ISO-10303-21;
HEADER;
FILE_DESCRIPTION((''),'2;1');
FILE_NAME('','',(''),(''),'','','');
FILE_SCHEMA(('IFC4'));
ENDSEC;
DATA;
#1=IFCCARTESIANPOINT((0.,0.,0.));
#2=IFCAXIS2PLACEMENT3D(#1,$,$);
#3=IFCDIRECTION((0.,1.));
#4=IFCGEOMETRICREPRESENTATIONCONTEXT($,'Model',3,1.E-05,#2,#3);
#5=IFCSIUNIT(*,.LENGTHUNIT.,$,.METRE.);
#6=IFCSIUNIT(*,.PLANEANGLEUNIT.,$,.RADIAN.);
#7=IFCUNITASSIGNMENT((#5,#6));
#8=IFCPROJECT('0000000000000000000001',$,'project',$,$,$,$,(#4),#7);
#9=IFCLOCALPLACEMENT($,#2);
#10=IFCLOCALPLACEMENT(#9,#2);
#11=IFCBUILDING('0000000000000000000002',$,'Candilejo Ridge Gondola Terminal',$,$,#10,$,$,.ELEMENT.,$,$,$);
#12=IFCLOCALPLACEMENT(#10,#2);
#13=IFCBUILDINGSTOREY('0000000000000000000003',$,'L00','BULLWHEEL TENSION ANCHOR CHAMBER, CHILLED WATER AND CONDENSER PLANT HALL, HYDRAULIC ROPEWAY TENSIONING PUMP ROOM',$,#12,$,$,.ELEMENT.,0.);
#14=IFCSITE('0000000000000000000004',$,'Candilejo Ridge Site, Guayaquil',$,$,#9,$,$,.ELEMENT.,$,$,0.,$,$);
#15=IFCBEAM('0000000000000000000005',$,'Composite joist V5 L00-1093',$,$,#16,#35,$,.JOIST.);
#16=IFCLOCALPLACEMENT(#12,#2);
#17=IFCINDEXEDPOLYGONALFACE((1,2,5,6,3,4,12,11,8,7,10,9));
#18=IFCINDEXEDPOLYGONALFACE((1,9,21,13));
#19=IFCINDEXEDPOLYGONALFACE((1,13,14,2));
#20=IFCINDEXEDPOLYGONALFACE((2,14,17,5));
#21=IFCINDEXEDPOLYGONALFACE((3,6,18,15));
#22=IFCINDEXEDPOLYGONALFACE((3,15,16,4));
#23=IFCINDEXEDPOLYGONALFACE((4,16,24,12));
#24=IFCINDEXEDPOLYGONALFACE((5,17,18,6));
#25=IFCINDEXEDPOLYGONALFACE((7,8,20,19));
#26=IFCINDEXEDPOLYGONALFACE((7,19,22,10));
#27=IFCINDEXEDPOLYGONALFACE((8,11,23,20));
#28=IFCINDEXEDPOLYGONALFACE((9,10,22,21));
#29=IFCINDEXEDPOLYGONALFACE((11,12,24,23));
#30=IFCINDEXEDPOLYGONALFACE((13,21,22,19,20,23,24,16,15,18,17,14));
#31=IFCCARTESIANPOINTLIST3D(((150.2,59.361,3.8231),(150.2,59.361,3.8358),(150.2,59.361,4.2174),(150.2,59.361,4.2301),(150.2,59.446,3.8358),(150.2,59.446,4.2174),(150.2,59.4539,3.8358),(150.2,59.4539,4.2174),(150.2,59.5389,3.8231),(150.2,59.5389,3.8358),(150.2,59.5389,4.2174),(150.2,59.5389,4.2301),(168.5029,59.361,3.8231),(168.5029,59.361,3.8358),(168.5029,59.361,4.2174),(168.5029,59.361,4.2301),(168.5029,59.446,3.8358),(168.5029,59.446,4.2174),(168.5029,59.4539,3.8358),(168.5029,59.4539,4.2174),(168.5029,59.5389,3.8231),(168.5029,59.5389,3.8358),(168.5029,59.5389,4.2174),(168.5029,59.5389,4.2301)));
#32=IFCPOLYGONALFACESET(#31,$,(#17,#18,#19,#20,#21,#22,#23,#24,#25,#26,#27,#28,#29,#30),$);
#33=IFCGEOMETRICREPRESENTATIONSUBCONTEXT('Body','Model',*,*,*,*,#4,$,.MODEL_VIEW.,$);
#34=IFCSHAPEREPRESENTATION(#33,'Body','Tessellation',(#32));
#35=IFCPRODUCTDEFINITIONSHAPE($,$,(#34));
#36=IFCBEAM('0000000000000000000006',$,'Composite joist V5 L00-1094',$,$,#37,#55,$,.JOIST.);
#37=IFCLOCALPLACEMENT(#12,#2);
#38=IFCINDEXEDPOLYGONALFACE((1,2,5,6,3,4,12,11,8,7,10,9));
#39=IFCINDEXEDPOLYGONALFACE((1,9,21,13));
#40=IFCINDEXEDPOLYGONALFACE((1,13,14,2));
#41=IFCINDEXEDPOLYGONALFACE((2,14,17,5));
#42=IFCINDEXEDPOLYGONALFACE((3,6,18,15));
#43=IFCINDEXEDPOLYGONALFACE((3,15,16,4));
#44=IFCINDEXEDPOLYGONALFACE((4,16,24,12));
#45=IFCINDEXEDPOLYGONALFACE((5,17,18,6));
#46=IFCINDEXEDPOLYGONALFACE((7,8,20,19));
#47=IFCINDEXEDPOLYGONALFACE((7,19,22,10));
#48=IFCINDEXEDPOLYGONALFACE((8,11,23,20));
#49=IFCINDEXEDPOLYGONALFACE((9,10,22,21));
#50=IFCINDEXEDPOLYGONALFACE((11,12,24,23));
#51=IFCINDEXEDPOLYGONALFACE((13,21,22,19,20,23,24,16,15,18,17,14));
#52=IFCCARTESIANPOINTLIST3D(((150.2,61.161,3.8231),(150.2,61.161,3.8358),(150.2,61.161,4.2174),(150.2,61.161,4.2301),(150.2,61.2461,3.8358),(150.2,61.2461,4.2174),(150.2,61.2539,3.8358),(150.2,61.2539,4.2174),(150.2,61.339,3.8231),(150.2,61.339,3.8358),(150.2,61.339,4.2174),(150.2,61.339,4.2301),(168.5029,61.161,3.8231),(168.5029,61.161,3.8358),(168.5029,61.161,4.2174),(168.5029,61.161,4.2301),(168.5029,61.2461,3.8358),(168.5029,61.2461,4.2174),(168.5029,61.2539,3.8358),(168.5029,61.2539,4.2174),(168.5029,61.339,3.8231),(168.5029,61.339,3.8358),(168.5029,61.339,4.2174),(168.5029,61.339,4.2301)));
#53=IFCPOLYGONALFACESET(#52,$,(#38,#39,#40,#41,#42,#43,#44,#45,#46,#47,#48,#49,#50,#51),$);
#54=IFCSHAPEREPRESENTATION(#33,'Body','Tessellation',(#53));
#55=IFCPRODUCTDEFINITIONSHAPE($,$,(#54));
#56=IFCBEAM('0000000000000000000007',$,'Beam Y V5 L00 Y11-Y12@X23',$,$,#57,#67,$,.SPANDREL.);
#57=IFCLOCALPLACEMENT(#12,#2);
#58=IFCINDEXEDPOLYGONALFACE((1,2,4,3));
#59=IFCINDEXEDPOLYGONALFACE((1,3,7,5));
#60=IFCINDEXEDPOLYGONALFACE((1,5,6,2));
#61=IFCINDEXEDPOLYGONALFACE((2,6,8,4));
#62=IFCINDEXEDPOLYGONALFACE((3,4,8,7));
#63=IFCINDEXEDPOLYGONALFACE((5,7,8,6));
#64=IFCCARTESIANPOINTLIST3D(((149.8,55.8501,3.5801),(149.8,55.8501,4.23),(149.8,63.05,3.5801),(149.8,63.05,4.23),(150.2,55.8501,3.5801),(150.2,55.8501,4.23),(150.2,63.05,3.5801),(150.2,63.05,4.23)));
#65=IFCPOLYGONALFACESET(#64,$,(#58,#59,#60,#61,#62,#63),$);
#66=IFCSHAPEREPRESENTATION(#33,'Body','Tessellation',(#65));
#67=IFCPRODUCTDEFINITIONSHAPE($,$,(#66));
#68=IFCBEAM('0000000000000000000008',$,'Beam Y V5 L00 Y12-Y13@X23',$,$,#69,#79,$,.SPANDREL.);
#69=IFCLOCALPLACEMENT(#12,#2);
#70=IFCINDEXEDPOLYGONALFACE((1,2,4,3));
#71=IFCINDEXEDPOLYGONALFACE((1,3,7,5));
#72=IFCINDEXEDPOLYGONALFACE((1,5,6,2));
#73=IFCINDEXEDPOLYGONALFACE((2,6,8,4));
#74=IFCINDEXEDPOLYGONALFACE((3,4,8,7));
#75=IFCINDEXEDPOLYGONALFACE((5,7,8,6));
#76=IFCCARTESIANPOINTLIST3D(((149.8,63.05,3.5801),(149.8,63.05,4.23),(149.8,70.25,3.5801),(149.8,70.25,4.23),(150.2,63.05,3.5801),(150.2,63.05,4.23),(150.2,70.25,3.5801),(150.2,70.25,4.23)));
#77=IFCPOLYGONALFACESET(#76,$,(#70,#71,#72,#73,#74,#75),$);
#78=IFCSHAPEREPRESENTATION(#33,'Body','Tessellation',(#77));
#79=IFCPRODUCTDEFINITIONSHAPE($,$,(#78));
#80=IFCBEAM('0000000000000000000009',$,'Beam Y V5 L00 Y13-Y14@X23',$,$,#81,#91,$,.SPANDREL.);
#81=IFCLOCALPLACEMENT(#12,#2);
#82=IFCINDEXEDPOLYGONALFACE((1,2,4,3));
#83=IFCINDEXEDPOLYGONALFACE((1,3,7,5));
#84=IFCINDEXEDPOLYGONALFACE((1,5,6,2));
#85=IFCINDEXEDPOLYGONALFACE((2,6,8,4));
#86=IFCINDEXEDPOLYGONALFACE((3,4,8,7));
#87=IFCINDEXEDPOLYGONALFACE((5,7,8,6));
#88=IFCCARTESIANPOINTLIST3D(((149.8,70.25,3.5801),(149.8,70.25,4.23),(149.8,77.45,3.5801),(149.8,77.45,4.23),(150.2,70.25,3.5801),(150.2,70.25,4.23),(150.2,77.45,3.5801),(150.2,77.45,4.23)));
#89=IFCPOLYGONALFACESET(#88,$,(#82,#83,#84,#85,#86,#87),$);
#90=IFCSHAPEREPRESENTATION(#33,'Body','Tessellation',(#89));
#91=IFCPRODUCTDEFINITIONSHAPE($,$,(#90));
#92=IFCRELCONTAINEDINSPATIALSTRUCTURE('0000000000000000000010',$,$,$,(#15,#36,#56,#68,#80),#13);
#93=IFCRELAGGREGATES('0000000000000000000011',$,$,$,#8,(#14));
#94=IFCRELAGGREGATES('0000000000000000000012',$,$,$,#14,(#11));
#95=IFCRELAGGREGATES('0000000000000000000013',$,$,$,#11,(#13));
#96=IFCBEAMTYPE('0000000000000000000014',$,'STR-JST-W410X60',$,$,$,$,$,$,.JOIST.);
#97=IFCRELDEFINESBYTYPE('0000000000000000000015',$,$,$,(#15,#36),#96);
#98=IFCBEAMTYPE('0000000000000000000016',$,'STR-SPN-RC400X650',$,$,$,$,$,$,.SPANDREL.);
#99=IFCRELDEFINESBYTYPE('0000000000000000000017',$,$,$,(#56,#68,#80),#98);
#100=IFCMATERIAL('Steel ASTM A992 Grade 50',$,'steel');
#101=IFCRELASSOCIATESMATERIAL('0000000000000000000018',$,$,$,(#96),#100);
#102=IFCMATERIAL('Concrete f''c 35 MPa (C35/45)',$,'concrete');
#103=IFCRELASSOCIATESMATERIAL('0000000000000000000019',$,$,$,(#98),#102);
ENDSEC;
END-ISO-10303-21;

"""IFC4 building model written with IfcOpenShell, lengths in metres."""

from ifc_helpers import new_model, si_unit, direction, frame, origin, origin_2d, place, context, subcontext, project, spatial, rectangle, i_section, extrude, material, material_profile, profile_set, type_object, element, save


model = new_model("IFC4")

# Units and contexts
model_context = context("Model", 3, precision=1e-05, world=origin(), true_north=direction((0.0, 1.0)))
body_context = subcontext(model_context, "Body", "Model", "MODEL_VIEW")
ifc_project = project(units=[si_unit("LENGTHUNIT", "METRE"), si_unit("PLANEANGLEUNIT", "RADIAN")], contexts=[model_context])

# Site, building, storey
site_placement = place(None, origin())
site = spatial("IfcSite", under=ifc_project, at=site_placement, Name="Candilejo Ridge Site, Guayaquil", CompositionType="ELEMENT", RefElevation=0.0)
building_placement = place(site_placement, origin())
building = spatial("IfcBuilding", under=site, at=building_placement, Name="Candilejo Ridge Gondola Terminal", CompositionType="ELEMENT")
storey_placement = place(building_placement, origin())
storey = spatial("IfcBuildingStorey", under=building, at=storey_placement, Name="L00", Description="BULLWHEEL TENSION ANCHOR CHAMBER, CHILLED WATER AND CONDENSER PLANT HALL, HYDRAULIC ROPEWAY TENSIONING PUMP ROOM", CompositionType="ELEMENT", Elevation=0.0)

# Beams
ifc_material_1 = material(Name="Steel ASTM A992 Grade 50", Category="steel")
ifc_material_profile_1 = material_profile(ifc_material_1, i_section(OverallWidth=0.178, OverallDepth=0.407, WebThickness=0.0078, FlangeThickness=0.0127, at=origin_2d()))
ifc_profile_set_1 = profile_set([ifc_material_profile_1], Name="Steel ASTM A992 Grade 50")
beam_type_1 = type_object("IfcBeamType", Name="STR-JST-W410X60", PredefinedType="JOIST", material=ifc_profile_set_1)
for number, where, z_axis, x_axis, name in (
    (1, (150.2, 59.45, 4.0266), (1.0, 0.0, 0.0), (0.0, 1.0, 0.0), "Composite joist V5 L00-1093"),
    (2, (150.2, 61.25, 4.0266), (1.0, 0.0, 0.0), (0.0, 1.0, 0.0), "Composite joist V5 L00-1094"),
):
    element("IfcBeam", number, at=place(storey_placement, frame(where, z_axis=z_axis, x_axis=x_axis)), inside=storey, type_object=beam_type_1, Name=name, PredefinedType="JOIST", context=body_context, shape_type="SweptSolid", body=[
        extrude(i_section(OverallWidth=0.178, OverallDepth=0.407, WebThickness=0.0078, FlangeThickness=0.0127, at=origin_2d()), origin(), (0.0, 0.0, 1.0), 18.303),
    ])
ifc_material_2 = material(Name="Concrete f'c 35 MPa (C35/45)", Category="concrete")
ifc_material_profile_2 = material_profile(ifc_material_2, rectangle(XDim=0.3999, YDim=0.6499, at=origin_2d()))
ifc_profile_set_2 = profile_set([ifc_material_profile_2], Name="Concrete f'c 35 MPa (C35/45)")
beam_type_2 = type_object("IfcBeamType", Name="STR-SPN-RC400X650", PredefinedType="SPANDREL", material=ifc_profile_set_2)
for number, where, z_axis, x_axis, name in (
    (3, (150.0, 55.8501, 3.905), (0.0, 1.0, 0.0), (-1.0, 0.0, 0.0), "Beam Y V5 L00 Y11-Y12@X23"),
    (4, (150.0, 63.05, 3.905), (0.0, 1.0, 0.0), (-1.0, 0.0, 0.0), "Beam Y V5 L00 Y12-Y13@X23"),
    (5, (150.0, 70.25, 3.905), (0.0, 1.0, 0.0), (-1.0, 0.0, 0.0), "Beam Y V5 L00 Y13-Y14@X23"),
):
    element("IfcBeam", number, at=place(storey_placement, frame(where, z_axis=z_axis, x_axis=x_axis)), inside=storey, type_object=beam_type_2, Name=name, PredefinedType="SPANDREL", context=body_context, shape_type="SweptSolid", body=[
        extrude(rectangle(XDim=0.3999, YDim=0.6499, at=origin_2d()), origin(), (0.0, 0.0, 1.0), 7.2),
    ])

save(model, "model.ifc")
